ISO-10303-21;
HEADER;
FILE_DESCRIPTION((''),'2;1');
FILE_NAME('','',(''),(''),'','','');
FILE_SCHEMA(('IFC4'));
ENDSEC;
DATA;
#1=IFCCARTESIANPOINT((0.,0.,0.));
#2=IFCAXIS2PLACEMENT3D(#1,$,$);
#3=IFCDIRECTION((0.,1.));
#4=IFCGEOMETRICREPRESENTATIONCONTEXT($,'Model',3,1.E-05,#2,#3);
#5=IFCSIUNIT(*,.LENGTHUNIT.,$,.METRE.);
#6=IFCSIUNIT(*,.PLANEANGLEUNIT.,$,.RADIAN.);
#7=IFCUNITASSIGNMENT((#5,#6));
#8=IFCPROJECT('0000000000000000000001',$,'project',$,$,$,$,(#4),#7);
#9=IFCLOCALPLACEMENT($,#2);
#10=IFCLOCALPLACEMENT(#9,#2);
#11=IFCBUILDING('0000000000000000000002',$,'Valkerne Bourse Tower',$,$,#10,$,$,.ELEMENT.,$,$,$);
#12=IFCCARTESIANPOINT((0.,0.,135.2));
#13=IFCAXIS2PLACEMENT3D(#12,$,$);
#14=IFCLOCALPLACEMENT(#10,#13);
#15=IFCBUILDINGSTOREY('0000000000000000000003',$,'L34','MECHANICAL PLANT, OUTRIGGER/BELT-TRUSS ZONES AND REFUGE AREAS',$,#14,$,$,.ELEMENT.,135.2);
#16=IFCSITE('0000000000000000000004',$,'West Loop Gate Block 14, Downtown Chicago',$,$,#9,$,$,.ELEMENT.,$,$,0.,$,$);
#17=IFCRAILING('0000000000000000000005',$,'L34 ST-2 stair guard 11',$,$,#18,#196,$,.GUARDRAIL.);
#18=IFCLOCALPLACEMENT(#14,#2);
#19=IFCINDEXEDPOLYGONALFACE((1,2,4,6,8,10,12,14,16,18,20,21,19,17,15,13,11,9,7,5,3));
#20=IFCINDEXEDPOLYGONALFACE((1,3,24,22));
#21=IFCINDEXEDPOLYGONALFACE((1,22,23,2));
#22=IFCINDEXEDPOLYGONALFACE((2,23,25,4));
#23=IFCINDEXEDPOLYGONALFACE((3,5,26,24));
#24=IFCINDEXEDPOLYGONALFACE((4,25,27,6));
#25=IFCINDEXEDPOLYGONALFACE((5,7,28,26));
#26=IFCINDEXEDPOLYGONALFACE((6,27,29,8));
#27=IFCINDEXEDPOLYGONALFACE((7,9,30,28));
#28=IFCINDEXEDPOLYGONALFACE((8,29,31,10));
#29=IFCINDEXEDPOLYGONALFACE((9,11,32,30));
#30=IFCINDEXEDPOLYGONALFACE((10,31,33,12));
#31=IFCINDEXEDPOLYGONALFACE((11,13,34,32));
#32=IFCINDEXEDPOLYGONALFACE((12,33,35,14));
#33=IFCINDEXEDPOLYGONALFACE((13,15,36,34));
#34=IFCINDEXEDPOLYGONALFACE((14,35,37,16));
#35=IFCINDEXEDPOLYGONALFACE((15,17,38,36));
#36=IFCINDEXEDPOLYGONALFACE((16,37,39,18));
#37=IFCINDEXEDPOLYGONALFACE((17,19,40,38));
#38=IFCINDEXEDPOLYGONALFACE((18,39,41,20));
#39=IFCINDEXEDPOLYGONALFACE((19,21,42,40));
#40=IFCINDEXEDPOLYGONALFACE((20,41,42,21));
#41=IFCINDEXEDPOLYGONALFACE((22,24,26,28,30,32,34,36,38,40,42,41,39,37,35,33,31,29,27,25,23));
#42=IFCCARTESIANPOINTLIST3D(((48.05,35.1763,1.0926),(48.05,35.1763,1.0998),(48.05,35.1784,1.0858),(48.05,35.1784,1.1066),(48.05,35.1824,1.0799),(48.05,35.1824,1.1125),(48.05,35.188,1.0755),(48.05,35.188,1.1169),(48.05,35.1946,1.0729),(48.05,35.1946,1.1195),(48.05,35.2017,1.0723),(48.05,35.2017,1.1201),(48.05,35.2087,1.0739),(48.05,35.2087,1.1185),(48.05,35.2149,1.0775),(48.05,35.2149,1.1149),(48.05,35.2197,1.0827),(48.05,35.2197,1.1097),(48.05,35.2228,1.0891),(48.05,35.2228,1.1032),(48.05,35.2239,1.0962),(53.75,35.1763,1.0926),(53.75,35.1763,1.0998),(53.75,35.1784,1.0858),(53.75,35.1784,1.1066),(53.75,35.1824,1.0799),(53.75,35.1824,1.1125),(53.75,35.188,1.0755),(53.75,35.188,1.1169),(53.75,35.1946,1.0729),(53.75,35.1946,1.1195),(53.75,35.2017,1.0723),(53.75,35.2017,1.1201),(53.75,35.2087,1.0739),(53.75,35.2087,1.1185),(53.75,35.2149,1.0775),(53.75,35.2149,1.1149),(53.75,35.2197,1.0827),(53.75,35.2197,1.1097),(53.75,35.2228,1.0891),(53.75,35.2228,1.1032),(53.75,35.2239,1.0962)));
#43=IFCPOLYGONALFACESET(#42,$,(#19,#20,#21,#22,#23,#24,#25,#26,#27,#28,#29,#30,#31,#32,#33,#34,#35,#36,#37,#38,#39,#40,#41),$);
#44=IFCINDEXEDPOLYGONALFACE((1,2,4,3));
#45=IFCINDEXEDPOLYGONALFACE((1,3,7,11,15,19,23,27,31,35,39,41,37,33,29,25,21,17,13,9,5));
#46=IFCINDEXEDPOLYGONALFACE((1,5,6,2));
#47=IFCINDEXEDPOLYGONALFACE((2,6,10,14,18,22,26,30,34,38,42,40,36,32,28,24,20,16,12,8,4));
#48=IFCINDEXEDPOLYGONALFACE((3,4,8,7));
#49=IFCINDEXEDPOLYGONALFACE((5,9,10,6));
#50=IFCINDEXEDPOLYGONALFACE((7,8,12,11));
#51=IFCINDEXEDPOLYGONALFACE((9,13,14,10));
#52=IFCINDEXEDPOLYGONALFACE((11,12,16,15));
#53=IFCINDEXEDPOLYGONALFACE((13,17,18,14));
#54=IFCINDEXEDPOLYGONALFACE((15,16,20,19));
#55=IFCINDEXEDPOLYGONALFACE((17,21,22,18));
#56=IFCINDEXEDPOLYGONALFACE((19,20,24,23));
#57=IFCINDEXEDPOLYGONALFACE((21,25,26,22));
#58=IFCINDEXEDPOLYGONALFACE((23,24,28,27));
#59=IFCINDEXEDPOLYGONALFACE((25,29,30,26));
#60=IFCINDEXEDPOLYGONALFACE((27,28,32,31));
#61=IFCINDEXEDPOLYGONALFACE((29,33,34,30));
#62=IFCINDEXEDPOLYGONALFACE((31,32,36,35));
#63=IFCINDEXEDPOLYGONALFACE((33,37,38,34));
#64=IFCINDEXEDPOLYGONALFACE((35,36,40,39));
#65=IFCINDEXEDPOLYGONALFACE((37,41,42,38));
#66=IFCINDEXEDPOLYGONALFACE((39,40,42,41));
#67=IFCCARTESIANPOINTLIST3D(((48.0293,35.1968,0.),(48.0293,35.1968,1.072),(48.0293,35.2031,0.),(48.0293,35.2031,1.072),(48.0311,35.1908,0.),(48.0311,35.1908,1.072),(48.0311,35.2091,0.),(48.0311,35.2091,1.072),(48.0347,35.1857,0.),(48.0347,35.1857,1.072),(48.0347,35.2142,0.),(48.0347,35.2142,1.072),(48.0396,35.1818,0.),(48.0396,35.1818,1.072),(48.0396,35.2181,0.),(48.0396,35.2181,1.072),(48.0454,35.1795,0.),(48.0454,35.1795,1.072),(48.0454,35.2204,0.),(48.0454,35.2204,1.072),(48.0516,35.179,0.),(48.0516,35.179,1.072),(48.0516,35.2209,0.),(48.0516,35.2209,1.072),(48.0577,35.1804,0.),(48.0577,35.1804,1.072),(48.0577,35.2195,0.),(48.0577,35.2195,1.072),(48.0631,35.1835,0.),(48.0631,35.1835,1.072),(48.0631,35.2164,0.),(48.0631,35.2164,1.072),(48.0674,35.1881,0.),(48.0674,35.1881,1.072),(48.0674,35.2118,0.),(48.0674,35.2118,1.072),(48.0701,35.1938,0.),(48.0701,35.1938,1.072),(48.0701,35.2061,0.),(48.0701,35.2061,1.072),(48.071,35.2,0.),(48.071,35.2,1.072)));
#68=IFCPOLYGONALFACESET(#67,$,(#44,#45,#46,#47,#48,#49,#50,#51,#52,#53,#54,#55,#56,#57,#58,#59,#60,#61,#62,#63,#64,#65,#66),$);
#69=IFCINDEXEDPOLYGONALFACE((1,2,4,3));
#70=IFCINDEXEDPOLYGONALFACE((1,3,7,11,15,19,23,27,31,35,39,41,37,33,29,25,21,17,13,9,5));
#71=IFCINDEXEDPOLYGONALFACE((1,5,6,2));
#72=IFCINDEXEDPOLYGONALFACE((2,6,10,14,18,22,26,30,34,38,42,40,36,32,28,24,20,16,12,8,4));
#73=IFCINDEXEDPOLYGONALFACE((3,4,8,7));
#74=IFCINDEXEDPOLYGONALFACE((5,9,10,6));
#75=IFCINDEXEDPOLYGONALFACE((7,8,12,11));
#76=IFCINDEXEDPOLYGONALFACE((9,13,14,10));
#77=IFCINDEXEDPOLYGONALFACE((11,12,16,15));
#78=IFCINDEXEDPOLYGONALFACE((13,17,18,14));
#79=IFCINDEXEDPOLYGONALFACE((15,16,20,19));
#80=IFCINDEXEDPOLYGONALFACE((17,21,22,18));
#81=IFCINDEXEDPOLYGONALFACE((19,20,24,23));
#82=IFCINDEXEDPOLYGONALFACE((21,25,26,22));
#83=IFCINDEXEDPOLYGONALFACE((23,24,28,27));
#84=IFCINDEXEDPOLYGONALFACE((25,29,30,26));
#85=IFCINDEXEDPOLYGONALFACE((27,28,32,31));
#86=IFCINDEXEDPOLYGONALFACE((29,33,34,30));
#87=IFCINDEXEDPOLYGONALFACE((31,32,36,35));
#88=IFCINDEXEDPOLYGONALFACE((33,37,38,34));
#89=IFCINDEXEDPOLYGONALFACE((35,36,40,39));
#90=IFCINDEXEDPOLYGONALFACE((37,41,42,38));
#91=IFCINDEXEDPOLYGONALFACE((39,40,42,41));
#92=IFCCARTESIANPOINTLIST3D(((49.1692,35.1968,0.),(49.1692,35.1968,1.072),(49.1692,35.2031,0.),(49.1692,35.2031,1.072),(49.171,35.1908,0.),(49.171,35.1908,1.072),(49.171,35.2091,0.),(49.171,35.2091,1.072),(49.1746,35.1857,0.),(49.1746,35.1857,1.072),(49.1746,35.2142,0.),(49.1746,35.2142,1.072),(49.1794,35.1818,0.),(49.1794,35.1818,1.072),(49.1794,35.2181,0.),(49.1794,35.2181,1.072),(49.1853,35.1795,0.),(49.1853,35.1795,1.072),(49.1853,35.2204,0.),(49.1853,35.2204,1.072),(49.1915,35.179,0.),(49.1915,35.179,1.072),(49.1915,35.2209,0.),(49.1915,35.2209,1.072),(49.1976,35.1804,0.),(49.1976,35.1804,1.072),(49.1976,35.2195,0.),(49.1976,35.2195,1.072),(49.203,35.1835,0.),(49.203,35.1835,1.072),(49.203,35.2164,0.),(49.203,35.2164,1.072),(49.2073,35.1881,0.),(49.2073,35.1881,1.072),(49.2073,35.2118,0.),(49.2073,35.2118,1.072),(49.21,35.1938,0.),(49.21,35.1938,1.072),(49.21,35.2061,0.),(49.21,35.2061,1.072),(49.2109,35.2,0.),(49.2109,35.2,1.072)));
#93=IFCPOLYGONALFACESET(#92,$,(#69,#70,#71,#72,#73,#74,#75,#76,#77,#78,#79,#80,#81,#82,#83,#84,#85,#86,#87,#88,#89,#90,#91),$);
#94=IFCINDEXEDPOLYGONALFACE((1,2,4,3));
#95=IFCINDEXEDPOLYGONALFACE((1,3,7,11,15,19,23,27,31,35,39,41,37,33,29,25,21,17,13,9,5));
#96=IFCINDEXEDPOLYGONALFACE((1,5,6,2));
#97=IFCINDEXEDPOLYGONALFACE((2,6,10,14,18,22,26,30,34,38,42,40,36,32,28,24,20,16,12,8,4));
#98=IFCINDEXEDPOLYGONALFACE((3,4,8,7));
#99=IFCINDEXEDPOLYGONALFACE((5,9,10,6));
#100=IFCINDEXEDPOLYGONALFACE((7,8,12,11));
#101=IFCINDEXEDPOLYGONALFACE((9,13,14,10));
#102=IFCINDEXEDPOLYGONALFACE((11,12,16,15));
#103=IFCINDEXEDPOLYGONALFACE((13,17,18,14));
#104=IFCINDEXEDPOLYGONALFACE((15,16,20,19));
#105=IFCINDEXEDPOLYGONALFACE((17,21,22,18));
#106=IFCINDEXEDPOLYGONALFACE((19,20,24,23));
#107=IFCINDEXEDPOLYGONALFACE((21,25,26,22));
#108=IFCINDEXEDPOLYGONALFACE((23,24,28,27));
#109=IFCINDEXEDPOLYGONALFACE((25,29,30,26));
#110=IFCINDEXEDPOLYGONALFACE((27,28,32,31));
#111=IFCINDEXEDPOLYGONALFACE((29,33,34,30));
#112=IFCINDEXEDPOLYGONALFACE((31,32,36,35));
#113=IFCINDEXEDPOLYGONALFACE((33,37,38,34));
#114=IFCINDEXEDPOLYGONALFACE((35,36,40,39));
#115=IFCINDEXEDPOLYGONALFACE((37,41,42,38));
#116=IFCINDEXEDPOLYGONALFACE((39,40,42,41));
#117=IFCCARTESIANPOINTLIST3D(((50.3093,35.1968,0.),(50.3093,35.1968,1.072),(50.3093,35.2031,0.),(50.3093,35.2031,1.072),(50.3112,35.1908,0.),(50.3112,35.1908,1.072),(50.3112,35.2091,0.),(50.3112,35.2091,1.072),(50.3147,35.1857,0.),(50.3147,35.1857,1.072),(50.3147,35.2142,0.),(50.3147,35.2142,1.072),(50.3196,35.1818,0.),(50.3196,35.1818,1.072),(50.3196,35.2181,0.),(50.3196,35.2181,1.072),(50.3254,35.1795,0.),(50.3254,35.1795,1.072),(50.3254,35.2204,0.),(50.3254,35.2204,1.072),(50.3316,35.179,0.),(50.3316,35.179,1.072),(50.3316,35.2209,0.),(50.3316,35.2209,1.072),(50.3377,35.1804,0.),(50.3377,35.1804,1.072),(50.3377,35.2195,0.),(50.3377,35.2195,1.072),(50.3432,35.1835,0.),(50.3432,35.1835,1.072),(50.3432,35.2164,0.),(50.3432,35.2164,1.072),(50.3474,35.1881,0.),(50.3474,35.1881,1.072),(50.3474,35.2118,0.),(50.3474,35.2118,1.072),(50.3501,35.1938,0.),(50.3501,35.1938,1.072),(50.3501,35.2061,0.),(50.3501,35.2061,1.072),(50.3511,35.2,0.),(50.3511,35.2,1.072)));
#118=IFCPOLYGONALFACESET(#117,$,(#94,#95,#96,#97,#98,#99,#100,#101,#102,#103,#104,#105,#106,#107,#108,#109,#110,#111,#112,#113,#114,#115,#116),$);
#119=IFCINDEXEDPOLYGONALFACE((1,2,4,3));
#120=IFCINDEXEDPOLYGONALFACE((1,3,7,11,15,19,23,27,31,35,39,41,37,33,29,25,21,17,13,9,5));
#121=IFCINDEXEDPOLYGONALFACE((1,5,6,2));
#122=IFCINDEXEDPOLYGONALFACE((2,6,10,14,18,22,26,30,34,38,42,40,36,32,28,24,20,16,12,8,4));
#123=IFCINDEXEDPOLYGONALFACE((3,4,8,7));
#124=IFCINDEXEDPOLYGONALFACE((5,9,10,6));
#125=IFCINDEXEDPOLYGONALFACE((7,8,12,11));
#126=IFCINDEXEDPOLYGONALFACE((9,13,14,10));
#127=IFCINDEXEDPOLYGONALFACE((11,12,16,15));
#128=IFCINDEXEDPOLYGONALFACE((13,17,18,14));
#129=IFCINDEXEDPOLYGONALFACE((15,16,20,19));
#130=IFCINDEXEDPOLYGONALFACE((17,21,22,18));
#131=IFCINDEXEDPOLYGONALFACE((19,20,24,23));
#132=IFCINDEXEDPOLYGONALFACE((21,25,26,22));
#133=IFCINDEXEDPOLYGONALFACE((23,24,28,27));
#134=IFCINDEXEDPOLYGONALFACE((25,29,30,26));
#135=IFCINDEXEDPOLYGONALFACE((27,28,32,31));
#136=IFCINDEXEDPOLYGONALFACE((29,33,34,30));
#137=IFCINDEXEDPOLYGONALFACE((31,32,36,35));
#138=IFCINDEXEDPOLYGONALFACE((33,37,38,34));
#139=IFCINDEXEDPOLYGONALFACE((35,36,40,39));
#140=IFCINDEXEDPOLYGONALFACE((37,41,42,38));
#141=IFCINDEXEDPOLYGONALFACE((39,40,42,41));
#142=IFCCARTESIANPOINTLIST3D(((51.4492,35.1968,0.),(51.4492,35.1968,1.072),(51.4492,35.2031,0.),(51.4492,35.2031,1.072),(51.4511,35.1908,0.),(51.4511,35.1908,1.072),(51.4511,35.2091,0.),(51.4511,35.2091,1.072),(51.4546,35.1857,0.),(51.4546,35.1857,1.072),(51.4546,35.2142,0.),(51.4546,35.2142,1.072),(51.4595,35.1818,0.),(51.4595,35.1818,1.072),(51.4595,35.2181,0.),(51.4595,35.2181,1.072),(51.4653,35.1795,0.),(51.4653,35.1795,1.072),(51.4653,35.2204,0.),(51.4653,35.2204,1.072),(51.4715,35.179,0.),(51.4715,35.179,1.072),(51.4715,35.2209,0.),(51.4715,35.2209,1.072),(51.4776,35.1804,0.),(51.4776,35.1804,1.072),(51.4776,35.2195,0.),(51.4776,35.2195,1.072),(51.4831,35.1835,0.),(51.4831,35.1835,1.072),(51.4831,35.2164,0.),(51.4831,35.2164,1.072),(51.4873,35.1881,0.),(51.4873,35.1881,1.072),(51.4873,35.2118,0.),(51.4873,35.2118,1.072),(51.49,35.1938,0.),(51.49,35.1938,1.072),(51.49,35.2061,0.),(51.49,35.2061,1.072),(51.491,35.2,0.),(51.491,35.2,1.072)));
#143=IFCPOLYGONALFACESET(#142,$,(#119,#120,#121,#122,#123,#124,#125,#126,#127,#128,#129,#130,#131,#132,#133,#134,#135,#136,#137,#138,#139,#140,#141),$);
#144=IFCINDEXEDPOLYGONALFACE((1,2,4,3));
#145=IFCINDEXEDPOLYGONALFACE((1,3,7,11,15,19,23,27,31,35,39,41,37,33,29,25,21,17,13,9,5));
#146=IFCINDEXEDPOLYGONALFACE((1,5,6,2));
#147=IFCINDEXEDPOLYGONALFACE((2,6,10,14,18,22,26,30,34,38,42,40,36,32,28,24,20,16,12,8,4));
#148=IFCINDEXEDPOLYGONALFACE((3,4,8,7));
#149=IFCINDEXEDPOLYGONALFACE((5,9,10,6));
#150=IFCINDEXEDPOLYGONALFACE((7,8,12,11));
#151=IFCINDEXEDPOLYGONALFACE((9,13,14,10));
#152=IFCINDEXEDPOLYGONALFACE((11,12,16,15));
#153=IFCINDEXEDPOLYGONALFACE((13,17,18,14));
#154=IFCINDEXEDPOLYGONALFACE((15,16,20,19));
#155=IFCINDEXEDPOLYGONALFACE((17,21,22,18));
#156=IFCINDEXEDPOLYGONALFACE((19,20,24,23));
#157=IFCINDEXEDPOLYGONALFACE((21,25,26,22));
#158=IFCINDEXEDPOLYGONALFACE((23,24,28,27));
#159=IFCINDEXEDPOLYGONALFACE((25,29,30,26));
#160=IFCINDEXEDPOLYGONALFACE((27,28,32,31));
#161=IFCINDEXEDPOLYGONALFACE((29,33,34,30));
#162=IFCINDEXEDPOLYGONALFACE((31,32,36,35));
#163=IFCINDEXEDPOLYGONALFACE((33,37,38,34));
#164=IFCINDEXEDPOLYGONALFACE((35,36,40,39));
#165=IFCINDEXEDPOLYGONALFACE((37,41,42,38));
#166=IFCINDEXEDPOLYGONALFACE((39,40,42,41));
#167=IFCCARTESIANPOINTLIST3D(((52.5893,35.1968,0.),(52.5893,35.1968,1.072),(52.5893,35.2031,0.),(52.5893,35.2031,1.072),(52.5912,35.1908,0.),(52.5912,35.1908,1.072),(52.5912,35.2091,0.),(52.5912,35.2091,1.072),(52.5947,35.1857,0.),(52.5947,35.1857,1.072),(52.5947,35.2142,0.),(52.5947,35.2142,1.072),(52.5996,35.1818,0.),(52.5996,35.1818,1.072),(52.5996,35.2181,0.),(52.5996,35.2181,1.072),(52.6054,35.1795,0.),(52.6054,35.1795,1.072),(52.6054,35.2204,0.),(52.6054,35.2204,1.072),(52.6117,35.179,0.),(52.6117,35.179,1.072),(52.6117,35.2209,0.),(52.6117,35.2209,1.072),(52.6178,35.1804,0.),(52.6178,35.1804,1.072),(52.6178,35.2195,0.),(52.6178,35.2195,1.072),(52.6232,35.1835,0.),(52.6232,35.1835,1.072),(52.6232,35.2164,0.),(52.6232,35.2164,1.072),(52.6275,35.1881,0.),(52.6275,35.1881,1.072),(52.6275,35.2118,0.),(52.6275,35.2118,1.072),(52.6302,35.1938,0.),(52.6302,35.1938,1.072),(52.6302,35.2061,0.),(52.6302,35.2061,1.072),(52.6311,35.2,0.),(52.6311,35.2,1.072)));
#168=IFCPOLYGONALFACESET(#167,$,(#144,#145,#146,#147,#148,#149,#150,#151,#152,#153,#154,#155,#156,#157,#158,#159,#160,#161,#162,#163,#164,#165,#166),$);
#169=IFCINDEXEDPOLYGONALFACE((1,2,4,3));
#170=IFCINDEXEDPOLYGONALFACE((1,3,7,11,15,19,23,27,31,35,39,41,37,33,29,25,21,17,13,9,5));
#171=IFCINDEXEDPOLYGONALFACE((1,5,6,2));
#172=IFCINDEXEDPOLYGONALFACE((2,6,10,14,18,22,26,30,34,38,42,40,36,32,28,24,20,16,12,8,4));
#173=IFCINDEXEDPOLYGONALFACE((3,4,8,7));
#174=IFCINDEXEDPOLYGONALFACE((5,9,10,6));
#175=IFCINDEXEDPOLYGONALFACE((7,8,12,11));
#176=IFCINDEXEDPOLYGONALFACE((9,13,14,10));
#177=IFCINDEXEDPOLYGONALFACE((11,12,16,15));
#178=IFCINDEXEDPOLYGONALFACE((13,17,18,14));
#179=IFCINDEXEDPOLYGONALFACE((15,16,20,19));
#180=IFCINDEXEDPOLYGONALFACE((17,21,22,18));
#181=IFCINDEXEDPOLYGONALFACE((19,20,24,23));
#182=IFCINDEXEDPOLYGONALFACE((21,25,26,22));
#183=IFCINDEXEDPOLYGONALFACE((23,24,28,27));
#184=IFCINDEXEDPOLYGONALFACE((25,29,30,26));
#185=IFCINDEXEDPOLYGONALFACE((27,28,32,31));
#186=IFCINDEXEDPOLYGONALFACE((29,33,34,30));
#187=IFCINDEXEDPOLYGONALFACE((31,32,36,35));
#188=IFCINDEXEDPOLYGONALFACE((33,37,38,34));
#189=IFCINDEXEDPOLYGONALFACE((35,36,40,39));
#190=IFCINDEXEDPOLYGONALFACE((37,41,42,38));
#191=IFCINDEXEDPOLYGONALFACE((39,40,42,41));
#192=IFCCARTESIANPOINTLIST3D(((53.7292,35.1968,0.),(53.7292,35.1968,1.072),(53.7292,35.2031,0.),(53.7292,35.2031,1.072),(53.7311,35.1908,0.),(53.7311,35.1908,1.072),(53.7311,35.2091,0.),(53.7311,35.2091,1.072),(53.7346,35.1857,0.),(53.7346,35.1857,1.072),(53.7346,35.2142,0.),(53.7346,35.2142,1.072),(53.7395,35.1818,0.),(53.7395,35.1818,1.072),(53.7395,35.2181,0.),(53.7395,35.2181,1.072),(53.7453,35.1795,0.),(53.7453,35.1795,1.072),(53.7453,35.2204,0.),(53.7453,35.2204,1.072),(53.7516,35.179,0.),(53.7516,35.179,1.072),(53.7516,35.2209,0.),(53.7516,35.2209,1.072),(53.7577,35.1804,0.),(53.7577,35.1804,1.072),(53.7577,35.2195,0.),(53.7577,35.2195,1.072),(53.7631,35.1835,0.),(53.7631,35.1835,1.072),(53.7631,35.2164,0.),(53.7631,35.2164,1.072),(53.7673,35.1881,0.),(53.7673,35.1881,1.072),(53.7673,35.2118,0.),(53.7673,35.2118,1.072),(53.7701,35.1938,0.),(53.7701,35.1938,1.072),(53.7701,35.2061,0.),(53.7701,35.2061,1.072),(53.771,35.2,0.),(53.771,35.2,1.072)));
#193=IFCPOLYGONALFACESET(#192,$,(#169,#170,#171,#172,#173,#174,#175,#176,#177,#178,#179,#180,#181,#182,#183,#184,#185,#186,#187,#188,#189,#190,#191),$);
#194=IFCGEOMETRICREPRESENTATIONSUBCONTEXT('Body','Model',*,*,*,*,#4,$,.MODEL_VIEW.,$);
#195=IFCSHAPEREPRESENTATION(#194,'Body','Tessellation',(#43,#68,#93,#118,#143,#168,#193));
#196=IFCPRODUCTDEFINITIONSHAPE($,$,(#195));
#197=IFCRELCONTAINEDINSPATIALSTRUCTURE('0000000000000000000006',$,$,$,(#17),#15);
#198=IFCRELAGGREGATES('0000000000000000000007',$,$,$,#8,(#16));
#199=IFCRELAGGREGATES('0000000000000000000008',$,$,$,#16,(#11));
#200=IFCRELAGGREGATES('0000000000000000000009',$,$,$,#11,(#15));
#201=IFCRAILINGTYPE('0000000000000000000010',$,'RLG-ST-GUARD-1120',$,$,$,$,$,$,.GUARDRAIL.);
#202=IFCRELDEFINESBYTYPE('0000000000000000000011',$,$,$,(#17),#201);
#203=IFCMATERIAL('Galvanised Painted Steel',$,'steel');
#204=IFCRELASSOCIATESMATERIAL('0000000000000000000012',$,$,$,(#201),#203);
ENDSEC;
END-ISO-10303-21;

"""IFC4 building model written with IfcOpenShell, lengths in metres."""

from ifc_helpers import new_model, si_unit, direction, frame, origin, origin_2d, place, context, subcontext, project, spatial, circle, extrude, material, type_object, element, save


model = new_model("IFC4")

# Units and contexts
model_context = context("Model", 3, precision=1e-05, world=origin(), true_north=direction((0.0, 1.0)))
body_context = subcontext(model_context, "Body", "Model", "MODEL_VIEW")
ifc_project = project(units=[si_unit("LENGTHUNIT", "METRE"), si_unit("PLANEANGLEUNIT", "RADIAN")], contexts=[model_context])

# Site, building, storey
site_placement = place(None, origin())
site = spatial("IfcSite", under=ifc_project, at=site_placement, Name="West Loop Gate Block 14, Downtown Chicago", CompositionType="ELEMENT", RefElevation=0.0)
building_placement = place(site_placement, origin())
building = spatial("IfcBuilding", under=site, at=building_placement, Name="Valkerne Bourse Tower", CompositionType="ELEMENT")
storey_placement = place(building_placement, frame((0.0, 0.0, 135.2)))
storey = spatial("IfcBuildingStorey", under=building, at=storey_placement, Name="L34", Description="MECHANICAL PLANT, OUTRIGGER/BELT-TRUSS ZONES AND REFUGE AREAS", CompositionType="ELEMENT", Elevation=135.2)

# Shared definitions
ifc_material_1 = material(Name="Galvanised Painted Steel", Category="steel")

# Railing
railing_type_1 = type_object("IfcRailingType", Name="RLG-ST-GUARD-1120", PredefinedType="GUARDRAIL", material=ifc_material_1)
for number, where, name in (
    (1, (48.05, 35.2, 0.0), "L34 ST-2 stair guard 11"),
):
    element("IfcRailing", number, at=place(storey_placement, frame(where)), inside=storey, type_object=railing_type_1, Name=name, PredefinedType="GUARDRAIL", context=body_context, shape_type="SweptSolid", body=[
        extrude(circle(Radius=0.0239, at=origin_2d()), frame((0.0, 0.0, 1.0962), z_axis=(1.0, 0.0, 0.0), x_axis=(0.0, 1.0, 0.0)), (0.0, 0.0, 1.0), 5.7),
        extrude(circle(Radius=0.021, at=origin_2d()), origin(), (0.0, 0.0, 1.0), 1.072),
        extrude(circle(Radius=0.021, at=origin_2d()), frame((1.1399, 0.0, 0.0)), (0.0, 0.0, 1.0), 1.072),
        extrude(circle(Radius=0.021, at=origin_2d()), frame((2.28, 0.0, 0.0)), (0.0, 0.0, 1.0), 1.072),
        extrude(circle(Radius=0.021, at=origin_2d()), frame((3.4199, 0.0, 0.0)), (0.0, 0.0, 1.0), 1.072),
        extrude(circle(Radius=0.021, at=origin_2d()), frame((4.5601, 0.0, 0.0)), (0.0, 0.0, 1.0), 1.072),
        extrude(circle(Radius=0.021, at=origin_2d()), frame((5.7, 0.0, 0.0)), (0.0, 0.0, 1.0), 1.072),
    ])

save(model, "model.ifc")
